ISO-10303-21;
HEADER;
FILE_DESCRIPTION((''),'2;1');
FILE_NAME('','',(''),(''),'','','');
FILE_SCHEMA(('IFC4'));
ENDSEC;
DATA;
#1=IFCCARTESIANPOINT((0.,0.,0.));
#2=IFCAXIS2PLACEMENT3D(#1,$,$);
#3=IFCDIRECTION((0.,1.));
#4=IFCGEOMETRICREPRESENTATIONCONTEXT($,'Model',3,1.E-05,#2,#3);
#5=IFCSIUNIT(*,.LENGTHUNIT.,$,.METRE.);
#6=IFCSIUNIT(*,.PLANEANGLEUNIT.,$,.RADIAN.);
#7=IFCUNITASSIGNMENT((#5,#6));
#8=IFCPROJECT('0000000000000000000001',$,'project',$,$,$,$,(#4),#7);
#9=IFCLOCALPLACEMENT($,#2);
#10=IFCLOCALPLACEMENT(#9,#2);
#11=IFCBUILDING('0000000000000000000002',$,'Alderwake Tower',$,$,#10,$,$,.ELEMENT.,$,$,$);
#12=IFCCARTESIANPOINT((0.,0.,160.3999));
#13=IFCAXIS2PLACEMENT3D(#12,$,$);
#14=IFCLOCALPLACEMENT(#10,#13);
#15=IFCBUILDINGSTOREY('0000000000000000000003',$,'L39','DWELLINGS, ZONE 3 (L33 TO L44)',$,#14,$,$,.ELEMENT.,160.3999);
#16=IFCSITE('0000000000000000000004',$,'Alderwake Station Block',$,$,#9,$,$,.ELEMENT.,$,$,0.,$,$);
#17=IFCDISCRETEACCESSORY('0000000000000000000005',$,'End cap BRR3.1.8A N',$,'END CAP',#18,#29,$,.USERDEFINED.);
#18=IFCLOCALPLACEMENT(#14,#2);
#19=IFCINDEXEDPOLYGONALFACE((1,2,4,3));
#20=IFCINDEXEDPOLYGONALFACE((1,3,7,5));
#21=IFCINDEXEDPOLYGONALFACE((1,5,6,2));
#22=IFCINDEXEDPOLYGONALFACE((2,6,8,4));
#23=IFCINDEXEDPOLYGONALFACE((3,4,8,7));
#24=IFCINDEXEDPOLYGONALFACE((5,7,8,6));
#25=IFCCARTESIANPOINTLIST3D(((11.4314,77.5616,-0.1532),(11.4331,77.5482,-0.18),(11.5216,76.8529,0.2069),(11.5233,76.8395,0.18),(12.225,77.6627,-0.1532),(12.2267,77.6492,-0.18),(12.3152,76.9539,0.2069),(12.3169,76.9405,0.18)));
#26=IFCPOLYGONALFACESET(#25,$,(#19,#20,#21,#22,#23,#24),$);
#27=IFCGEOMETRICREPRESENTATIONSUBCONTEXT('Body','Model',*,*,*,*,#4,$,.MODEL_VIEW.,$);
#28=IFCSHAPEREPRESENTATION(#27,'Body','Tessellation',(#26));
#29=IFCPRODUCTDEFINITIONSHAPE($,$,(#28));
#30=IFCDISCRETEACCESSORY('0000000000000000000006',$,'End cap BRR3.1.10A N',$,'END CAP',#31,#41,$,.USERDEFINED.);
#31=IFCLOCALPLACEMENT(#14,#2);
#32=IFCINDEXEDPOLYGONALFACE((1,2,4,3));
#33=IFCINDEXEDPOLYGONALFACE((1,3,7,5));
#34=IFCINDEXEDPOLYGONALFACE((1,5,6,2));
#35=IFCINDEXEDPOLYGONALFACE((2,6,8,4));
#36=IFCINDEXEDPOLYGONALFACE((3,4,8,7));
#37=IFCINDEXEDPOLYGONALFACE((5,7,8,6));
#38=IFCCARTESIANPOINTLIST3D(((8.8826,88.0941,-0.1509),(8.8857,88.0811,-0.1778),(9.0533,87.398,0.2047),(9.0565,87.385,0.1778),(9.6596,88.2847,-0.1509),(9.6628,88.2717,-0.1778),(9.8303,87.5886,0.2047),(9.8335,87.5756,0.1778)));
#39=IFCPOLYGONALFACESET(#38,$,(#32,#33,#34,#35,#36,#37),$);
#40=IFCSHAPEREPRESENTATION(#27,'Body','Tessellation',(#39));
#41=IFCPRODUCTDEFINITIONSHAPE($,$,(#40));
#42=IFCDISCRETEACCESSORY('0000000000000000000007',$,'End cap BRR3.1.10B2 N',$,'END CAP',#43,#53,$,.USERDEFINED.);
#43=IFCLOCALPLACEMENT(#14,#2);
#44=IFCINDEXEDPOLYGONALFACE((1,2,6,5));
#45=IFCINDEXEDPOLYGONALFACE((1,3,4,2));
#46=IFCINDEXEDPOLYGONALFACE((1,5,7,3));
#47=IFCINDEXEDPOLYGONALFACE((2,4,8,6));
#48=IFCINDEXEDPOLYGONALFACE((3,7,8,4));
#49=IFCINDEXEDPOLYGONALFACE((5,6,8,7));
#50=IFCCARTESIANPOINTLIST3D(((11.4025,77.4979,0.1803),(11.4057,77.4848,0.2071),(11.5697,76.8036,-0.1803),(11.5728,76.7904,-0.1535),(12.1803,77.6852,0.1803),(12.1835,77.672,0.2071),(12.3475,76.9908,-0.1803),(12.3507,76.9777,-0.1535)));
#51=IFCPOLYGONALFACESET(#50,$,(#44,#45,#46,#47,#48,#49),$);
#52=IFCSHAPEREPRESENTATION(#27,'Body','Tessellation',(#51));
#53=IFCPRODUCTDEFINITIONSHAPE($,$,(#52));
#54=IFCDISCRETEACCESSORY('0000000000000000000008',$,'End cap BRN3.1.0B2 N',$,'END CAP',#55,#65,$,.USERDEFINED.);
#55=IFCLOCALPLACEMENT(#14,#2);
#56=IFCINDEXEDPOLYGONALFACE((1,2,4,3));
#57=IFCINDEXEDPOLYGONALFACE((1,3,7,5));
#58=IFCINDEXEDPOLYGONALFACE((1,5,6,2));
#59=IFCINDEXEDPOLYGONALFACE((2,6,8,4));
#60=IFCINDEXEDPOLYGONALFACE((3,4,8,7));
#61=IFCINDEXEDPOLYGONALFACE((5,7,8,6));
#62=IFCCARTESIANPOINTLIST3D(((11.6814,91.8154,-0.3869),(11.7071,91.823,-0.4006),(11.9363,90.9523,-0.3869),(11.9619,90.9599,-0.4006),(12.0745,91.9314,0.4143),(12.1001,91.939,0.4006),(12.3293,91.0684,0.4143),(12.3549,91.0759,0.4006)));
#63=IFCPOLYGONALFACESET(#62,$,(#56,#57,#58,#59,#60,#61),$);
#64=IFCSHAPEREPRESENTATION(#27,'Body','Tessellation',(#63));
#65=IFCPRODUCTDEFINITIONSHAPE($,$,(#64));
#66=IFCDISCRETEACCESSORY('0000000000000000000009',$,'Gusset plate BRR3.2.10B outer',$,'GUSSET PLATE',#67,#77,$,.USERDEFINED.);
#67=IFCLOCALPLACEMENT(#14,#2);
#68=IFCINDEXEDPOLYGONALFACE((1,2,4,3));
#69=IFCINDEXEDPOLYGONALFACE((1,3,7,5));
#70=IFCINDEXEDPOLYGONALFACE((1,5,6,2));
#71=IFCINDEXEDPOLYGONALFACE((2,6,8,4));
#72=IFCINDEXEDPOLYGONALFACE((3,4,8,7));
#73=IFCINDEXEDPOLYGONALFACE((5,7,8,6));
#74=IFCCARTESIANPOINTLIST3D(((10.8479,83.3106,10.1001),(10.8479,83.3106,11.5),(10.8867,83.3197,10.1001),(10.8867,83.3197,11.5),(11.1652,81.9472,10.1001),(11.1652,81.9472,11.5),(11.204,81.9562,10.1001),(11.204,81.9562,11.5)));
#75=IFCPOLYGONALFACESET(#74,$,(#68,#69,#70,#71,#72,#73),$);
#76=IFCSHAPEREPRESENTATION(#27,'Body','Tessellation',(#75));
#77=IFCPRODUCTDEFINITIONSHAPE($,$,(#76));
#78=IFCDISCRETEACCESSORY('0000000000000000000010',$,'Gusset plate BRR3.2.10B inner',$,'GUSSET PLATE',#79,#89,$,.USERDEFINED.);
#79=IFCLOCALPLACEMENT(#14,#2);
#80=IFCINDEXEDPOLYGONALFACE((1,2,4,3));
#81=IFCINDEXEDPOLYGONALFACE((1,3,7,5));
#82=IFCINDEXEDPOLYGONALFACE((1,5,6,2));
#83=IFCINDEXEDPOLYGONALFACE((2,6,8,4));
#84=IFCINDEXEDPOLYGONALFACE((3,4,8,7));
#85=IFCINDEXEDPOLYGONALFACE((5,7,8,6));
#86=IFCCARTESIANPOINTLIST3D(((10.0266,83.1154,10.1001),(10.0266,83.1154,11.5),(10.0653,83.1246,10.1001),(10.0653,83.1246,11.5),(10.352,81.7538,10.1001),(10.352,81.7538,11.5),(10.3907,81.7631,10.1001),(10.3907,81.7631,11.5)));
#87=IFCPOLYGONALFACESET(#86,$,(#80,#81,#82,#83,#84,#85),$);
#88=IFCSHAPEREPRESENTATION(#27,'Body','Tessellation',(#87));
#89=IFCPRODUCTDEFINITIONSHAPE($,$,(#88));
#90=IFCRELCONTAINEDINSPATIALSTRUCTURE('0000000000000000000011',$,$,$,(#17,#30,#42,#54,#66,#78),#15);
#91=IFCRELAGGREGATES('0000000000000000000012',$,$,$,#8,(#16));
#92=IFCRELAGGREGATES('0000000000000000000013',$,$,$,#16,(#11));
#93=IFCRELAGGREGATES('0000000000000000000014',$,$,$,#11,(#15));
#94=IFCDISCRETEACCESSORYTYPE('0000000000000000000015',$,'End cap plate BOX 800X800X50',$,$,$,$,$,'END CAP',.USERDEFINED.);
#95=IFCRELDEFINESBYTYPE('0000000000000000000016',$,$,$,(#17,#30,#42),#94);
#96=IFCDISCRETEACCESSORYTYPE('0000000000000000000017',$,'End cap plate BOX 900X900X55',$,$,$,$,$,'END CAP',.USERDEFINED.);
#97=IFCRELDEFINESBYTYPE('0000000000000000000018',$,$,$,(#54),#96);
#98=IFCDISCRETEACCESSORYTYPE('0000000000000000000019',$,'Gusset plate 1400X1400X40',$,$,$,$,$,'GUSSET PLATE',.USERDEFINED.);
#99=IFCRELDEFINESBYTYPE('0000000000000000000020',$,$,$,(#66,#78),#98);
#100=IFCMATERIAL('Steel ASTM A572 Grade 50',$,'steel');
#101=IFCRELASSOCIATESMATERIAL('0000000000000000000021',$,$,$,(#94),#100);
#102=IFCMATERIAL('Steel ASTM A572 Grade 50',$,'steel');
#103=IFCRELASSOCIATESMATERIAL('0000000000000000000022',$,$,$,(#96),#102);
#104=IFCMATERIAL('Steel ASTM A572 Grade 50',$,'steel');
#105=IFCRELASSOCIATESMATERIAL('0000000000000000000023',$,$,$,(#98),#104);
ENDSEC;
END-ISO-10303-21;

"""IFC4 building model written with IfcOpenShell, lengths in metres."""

from ifc_helpers import new_model, si_unit, direction, frame, origin, origin_2d, place, context, subcontext, project, spatial, rectangle, extrude, material, material_profile, profile_set, type_object, element, save


model = new_model("IFC4")

# Units and contexts
model_context = context("Model", 3, precision=1e-05, world=origin(), true_north=direction((0.0, 1.0)))
body_context = subcontext(model_context, "Body", "Model", "MODEL_VIEW")
ifc_project = project(units=[si_unit("LENGTHUNIT", "METRE"), si_unit("PLANEANGLEUNIT", "RADIAN")], contexts=[model_context])

# Site, building, storey
site_placement = place(None, origin())
site = spatial("IfcSite", under=ifc_project, at=site_placement, Name="Alderwake Station Block", CompositionType="ELEMENT", RefElevation=0.0)
building_placement = place(site_placement, origin())
building = spatial("IfcBuilding", under=site, at=building_placement, Name="Alderwake Tower", CompositionType="ELEMENT")
storey_placement = place(building_placement, frame((0.0, 0.0, 160.3999)))
storey = spatial("IfcBuildingStorey", under=building, at=storey_placement, Name="L39", Description="DWELLINGS, ZONE 3 (L33 TO L44)", CompositionType="ELEMENT", Elevation=160.3999)

# Discrete accessories
ifc_material_1 = material(Name="Steel ASTM A572 Grade 50", Category="steel")
ifc_material_profile_1 = material_profile(ifc_material_1, rectangle(XDim=0.8, YDim=0.8, at=origin_2d()), Name="BOX 800X800X50 cap")
ifc_profile_set_1 = profile_set([ifc_material_profile_1], Name="Steel ASTM A572 Grade 50")
discrete_accessory_type_1 = type_object("IfcDiscreteAccessoryType", Name="End cap plate BOX 800X800X50", ElementType="END CAP", PredefinedType="USERDEFINED", material=ifc_profile_set_1)
for number, where, z_axis, x_axis, name in (
    (1, (11.875, 77.2444, 0.0), (-0.056826, 0.446491, 0.892982), (-0.991998, -0.126254, 0.0), "End cap BRR3.1.8A N"),
    (2, (9.3596, 87.8284, 0.0), (-0.10587, 0.431622, 0.89582), (-0.971211, -0.238222, 0.0), "End cap BRR3.1.10A N"),
    (3, (11.875, 77.2444, 0.0), (0.105496, -0.438214, 0.892658), (0.972224, 0.234054, 0.0), "End cap BRR3.1.10B2 N"),
):
    element("IfcDiscreteAccessory", number, at=place(storey_placement, frame(where, z_axis=z_axis, x_axis=x_axis)), inside=storey, type_object=discrete_accessory_type_1, Name=name, ObjectType="END CAP", PredefinedType="USERDEFINED", context=body_context, shape_type="SweptSolid", body=[
        extrude(rectangle(XDim=0.8, YDim=0.8, at=origin_2d()), origin(), (0.0, 0.0, 1.0), 0.03),
    ])
ifc_material_2 = material(Name="Steel ASTM A572 Grade 50", Category="steel")
ifc_material_profile_2 = material_profile(ifc_material_2, rectangle(XDim=0.8999, YDim=0.8999, at=origin_2d()), Name="BOX 900X900X55 cap")
ifc_profile_set_2 = profile_set([ifc_material_profile_2], Name="Steel ASTM A572 Grade 50")
discrete_accessory_type_2 = type_object("IfcDiscreteAccessoryType", Name="End cap plate BOX 900X900X55", ElementType="END CAP", PredefinedType="USERDEFINED", material=ifc_profile_set_2)
discrete_accessory_placement = place(storey_placement, frame((12.031, 91.4495, 0.0), z_axis=(-0.853856, -0.252091, 0.45539), x_axis=(0.283155, -0.959074, 0.0)))
element("IfcDiscreteAccessory", 4, at=discrete_accessory_placement, inside=storey, type_object=discrete_accessory_type_2, Name="End cap BRN3.1.0B2 N", ObjectType="END CAP", PredefinedType="USERDEFINED", context=body_context, shape_type="SweptSolid", body=[
    extrude(rectangle(XDim=0.8999, YDim=0.8999, at=origin_2d()), origin(), (0.0, 0.0, 1.0), 0.03),
])
ifc_material_3 = material(Name="Steel ASTM A572 Grade 50", Category="steel")
ifc_material_profile_3 = material_profile(ifc_material_3, rectangle(XDim=1.3999, YDim=1.3999, at=origin_2d()), Name="gusset 1400X1400")
ifc_profile_set_3 = profile_set([ifc_material_profile_3], Name="Steel ASTM A572 Grade 50")
discrete_accessory_type_3 = type_object("IfcDiscreteAccessoryType", Name="Gusset plate 1400X1400X40", ElementType="GUSSET PLATE", PredefinedType="USERDEFINED", material=ifc_profile_set_3)
for number, where, z_axis, x_axis, name in (
    (5, (11.0066, 82.6289, 10.8), (0.973977, 0.226649, 0.0), (-0.226649, 0.973977, 0.0), "Gusset plate BRR3.2.10B outer"),
    (6, (10.228, 82.4438, 10.8), (-0.972609, -0.232447, 0.0), (0.232447, -0.972609, 0.0), "Gusset plate BRR3.2.10B inner"),
):
    element("IfcDiscreteAccessory", number, at=place(storey_placement, frame(where, z_axis=z_axis, x_axis=x_axis)), inside=storey, type_object=discrete_accessory_type_3, Name=name, ObjectType="GUSSET PLATE", PredefinedType="USERDEFINED", context=body_context, shape_type="SweptSolid", body=[
        extrude(rectangle(XDim=1.3999, YDim=1.3999, at=origin_2d()), origin(), (0.0, 0.0, 1.0), 0.0398),
    ])

save(model, "model.ifc")
